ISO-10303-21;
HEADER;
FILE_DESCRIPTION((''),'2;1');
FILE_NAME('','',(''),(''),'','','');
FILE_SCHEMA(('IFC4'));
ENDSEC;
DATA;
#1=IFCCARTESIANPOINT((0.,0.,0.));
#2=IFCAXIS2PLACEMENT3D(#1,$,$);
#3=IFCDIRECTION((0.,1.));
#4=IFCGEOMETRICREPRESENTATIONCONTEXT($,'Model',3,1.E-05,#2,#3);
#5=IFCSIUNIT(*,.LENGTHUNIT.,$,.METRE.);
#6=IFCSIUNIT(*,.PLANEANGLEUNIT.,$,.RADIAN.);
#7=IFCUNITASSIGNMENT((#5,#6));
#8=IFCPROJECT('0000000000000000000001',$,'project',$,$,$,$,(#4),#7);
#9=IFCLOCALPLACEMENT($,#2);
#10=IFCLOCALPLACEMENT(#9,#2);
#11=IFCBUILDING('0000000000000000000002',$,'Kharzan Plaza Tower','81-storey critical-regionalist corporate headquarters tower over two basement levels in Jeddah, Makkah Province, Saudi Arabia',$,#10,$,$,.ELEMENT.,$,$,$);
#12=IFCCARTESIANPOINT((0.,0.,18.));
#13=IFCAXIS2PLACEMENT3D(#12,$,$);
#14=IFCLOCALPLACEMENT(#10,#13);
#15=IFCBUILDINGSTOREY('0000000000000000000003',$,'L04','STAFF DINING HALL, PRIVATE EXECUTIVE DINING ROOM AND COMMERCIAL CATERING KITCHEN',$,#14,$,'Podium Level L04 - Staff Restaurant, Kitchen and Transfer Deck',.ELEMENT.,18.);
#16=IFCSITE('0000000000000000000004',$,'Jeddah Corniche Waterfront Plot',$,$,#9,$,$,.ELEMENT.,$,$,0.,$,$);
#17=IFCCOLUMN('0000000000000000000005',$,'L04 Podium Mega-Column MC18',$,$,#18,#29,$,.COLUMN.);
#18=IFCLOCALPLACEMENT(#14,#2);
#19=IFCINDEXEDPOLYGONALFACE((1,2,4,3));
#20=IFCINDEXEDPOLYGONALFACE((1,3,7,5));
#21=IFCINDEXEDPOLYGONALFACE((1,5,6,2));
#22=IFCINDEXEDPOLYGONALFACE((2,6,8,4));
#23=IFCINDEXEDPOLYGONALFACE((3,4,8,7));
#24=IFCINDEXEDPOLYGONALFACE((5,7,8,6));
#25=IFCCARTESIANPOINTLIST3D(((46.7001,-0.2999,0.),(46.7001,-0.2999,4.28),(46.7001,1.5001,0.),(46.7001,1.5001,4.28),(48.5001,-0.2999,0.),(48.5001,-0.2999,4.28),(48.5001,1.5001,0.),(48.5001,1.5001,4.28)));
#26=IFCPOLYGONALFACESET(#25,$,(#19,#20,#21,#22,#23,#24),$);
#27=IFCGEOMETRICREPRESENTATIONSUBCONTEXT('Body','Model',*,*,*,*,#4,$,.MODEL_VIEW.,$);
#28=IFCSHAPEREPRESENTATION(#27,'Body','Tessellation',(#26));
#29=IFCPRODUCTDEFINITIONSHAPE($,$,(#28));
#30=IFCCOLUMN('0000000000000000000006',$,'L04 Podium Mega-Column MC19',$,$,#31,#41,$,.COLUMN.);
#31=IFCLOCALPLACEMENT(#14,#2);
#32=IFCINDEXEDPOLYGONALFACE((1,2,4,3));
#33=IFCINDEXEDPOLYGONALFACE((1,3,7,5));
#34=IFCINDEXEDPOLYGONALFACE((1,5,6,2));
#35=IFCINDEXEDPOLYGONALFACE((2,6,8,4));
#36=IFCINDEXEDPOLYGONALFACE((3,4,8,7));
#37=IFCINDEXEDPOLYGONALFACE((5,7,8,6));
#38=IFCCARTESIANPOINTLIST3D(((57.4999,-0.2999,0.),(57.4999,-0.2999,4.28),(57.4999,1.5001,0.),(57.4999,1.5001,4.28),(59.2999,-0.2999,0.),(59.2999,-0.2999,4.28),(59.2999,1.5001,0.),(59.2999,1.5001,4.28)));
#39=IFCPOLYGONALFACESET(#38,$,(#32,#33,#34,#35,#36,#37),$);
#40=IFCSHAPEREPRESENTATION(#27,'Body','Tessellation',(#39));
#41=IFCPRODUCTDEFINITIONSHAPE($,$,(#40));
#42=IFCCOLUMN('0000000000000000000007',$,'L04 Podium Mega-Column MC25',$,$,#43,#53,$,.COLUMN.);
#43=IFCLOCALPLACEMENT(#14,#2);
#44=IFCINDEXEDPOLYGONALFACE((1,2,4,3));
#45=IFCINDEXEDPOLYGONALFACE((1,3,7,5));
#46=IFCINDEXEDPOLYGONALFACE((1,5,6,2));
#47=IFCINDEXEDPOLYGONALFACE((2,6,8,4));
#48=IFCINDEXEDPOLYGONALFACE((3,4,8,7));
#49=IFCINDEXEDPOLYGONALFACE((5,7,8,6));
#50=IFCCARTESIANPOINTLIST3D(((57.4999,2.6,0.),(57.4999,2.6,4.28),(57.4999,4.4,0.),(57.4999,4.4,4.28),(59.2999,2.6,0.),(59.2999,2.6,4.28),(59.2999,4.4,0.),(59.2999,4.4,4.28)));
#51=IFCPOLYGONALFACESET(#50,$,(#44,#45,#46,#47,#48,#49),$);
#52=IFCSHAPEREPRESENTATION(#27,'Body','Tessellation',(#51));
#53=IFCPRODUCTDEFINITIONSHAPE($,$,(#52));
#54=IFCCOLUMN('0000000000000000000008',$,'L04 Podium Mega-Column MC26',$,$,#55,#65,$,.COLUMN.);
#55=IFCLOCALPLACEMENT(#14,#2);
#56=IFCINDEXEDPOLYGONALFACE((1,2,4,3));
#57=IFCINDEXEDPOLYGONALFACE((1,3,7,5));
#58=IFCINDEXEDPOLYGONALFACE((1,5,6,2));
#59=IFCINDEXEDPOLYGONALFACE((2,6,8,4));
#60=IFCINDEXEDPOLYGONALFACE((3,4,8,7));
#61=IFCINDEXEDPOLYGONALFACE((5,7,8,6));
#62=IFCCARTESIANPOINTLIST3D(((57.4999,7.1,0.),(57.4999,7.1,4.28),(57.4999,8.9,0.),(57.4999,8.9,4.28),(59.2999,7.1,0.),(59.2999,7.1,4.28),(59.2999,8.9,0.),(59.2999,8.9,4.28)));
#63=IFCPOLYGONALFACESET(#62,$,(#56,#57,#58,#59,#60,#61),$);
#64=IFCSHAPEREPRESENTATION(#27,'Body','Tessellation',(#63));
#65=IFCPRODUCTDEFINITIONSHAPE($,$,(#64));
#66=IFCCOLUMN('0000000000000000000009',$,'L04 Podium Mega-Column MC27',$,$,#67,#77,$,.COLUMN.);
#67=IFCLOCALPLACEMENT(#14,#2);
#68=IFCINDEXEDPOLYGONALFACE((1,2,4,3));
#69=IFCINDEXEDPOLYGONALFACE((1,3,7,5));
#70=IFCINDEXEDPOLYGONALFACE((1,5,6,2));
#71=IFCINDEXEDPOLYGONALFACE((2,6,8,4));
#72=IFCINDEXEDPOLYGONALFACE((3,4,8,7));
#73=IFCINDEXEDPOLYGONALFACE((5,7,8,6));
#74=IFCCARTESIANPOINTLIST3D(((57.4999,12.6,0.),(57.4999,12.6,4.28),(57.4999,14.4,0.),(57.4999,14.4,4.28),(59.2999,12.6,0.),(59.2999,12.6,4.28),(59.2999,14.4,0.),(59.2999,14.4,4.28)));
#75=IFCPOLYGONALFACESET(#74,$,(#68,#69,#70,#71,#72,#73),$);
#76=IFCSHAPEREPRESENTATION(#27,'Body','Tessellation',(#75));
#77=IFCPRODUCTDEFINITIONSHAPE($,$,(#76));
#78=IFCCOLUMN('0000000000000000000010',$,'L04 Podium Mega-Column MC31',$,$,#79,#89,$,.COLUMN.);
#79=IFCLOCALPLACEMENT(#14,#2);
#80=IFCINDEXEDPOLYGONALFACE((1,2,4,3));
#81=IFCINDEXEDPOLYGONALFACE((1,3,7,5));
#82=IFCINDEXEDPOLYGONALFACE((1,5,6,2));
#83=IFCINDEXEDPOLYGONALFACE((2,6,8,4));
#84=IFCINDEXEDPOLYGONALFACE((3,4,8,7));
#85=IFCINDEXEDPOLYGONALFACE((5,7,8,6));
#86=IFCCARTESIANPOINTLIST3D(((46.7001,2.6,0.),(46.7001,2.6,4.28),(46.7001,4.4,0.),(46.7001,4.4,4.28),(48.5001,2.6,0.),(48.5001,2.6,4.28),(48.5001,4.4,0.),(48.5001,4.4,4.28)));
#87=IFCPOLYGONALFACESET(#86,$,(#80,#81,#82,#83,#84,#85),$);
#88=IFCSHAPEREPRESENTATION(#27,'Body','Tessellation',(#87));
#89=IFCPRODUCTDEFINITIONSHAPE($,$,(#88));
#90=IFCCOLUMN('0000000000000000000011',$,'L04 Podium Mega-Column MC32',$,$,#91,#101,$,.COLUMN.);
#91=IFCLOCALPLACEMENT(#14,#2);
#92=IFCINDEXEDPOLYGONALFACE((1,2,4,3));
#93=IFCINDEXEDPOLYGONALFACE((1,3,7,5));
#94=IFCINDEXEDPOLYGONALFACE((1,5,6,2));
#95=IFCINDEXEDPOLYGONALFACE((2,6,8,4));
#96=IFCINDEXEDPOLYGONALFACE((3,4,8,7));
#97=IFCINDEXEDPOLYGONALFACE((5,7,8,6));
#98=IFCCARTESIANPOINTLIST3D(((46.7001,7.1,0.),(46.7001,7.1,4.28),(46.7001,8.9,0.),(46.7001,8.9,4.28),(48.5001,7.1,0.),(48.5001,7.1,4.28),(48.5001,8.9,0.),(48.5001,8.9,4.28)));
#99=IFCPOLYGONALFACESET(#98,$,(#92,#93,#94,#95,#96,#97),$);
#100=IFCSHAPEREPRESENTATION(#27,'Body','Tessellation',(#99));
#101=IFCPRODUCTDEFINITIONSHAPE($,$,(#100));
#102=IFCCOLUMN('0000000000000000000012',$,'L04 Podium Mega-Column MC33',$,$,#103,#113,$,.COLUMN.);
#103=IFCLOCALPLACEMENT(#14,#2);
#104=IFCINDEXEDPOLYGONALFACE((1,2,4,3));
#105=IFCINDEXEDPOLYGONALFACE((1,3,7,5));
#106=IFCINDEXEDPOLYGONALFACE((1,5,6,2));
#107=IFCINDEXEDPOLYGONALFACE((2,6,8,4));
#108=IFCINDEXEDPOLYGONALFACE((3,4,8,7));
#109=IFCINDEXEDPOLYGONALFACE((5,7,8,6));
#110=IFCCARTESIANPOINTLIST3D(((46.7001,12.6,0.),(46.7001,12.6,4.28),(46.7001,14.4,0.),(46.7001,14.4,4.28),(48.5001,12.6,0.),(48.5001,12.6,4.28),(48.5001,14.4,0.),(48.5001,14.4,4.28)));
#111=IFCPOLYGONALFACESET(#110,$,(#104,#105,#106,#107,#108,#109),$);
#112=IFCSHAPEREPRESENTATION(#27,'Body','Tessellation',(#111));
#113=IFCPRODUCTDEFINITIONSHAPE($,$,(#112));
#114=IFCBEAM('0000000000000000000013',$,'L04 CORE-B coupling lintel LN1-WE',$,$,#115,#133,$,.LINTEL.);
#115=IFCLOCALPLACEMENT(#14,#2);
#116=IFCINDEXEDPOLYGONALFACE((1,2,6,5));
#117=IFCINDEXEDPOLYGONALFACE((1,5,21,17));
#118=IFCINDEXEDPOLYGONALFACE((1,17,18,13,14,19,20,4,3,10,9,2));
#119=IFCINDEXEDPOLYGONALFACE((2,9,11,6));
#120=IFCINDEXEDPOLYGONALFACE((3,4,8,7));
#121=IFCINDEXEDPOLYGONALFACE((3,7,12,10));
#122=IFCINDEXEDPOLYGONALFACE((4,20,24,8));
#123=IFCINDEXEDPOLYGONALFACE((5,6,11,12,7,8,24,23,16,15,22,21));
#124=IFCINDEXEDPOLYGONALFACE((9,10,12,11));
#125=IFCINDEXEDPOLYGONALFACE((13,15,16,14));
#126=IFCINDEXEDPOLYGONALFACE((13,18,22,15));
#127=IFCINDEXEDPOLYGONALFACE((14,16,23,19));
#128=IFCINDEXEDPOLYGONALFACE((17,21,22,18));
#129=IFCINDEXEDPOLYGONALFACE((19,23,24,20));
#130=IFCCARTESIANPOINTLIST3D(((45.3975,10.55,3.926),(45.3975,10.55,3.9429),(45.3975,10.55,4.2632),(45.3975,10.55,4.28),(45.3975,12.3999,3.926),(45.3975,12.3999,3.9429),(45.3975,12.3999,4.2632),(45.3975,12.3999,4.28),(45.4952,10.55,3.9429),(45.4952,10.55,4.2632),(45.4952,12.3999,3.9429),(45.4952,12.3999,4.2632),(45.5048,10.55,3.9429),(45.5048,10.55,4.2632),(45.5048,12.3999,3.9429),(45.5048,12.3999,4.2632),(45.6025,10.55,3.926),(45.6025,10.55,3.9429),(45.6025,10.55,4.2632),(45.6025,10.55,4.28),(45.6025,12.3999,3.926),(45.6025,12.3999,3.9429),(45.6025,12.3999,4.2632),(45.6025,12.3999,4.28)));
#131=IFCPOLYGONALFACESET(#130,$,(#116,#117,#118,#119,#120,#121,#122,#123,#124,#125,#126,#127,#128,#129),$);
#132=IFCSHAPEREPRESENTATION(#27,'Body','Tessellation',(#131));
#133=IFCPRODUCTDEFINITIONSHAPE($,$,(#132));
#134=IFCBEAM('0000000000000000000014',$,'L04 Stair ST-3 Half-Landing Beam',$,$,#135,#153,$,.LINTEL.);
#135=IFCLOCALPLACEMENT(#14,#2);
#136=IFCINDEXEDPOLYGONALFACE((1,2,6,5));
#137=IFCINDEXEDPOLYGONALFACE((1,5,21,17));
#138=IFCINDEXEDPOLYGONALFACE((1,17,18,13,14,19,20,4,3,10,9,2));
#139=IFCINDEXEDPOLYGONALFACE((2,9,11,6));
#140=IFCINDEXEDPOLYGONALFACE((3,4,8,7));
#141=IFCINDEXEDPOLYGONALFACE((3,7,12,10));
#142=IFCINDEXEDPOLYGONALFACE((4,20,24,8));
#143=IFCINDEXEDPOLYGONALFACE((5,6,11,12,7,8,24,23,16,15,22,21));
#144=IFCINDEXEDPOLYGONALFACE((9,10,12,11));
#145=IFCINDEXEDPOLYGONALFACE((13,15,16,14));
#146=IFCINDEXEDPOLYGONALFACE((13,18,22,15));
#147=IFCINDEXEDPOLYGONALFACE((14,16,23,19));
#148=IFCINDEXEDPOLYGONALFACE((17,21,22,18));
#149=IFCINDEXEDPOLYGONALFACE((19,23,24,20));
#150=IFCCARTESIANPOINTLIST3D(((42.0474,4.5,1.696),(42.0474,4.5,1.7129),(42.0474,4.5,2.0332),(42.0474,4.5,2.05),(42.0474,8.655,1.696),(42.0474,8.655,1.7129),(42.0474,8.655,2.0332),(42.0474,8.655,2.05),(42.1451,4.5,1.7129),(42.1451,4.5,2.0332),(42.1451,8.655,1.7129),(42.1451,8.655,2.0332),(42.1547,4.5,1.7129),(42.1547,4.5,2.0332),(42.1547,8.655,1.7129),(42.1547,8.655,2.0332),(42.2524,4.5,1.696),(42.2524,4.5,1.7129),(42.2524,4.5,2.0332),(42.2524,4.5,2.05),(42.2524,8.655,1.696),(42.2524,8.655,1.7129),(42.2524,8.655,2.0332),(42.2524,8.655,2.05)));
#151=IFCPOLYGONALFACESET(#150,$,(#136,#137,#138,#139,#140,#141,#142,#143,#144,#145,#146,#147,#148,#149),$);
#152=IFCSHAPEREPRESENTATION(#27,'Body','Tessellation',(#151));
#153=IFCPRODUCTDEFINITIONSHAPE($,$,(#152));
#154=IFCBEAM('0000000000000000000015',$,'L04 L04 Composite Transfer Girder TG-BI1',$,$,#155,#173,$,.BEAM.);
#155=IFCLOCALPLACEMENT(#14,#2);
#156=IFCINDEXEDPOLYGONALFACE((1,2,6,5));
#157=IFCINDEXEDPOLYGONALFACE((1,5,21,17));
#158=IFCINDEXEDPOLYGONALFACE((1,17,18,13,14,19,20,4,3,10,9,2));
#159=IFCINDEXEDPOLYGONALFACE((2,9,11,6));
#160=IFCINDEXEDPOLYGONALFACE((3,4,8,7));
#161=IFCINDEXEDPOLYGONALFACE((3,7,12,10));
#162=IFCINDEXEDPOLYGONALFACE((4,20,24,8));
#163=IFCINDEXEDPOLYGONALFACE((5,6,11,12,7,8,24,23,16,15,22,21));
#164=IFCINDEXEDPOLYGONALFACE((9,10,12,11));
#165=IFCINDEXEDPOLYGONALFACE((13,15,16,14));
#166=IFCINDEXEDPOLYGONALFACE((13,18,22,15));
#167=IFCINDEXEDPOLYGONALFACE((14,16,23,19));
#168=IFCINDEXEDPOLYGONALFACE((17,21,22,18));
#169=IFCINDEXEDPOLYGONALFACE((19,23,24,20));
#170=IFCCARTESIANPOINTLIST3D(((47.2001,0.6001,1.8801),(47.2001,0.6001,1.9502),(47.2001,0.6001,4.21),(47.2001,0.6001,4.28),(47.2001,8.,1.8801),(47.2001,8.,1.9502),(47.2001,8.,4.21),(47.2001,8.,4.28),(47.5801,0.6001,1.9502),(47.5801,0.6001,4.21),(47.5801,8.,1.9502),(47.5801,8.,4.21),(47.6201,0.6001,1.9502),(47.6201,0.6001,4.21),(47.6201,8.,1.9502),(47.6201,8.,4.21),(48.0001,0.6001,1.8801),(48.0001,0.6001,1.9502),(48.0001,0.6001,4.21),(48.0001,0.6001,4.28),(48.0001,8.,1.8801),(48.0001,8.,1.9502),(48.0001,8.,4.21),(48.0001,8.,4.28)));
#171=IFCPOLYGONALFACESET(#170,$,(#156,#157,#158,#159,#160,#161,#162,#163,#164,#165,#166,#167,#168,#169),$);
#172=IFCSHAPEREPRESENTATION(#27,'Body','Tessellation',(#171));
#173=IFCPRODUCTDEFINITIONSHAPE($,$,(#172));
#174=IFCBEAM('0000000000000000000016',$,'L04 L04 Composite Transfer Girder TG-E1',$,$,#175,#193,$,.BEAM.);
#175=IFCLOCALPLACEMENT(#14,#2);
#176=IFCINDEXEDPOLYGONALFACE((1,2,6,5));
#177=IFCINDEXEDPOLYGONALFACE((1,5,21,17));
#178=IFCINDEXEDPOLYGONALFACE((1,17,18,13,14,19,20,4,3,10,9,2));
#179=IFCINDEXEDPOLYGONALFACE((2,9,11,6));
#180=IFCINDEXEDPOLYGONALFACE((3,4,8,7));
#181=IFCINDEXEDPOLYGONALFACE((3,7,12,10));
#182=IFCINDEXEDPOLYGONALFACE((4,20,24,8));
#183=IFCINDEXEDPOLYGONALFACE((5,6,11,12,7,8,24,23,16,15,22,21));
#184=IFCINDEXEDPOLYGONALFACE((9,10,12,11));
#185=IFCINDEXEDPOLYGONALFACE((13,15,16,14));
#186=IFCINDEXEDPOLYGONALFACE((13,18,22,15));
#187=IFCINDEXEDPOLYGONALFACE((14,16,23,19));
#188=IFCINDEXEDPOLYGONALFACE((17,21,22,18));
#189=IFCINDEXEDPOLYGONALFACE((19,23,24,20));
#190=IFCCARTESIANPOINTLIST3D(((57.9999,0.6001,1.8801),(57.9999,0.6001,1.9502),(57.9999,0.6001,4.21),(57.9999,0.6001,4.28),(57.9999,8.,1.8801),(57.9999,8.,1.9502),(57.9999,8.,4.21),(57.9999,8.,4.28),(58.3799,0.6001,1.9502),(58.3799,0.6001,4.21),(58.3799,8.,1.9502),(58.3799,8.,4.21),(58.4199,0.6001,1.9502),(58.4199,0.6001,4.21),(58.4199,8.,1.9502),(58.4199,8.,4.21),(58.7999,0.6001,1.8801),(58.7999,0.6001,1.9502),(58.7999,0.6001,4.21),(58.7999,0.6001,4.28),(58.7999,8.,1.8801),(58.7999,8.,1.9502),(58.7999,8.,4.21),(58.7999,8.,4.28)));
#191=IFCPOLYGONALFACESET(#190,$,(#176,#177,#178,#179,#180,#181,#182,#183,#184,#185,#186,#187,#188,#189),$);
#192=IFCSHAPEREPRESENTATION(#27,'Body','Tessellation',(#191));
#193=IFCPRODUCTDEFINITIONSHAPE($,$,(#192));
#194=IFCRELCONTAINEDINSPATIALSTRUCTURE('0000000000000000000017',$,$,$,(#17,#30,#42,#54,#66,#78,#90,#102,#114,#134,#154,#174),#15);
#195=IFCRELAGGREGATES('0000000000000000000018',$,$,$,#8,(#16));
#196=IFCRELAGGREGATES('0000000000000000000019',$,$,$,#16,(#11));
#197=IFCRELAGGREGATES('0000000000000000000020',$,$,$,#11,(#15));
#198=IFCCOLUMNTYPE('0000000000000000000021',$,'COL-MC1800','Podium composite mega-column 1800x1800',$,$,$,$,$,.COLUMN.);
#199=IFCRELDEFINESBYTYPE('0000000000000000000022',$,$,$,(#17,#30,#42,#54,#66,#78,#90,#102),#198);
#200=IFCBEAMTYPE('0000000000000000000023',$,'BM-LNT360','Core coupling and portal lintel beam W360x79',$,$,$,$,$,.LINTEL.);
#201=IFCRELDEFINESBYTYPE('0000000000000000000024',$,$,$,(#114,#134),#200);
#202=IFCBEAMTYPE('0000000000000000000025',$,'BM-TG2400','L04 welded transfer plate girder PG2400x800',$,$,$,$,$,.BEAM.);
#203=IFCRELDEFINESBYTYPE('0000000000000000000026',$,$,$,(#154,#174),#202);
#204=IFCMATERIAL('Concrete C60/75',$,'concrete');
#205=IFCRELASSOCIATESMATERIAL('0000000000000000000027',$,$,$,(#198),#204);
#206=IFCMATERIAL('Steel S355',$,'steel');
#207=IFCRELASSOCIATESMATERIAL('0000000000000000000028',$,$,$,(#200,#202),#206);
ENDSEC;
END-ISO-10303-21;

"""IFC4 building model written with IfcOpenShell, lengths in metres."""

from ifc_helpers import new_model, si_unit, direction, frame, origin, origin_2d, place, context, subcontext, project, spatial, rectangle, i_section, extrude, source, transform, mapped, material, material_profile, profile_set, type_object, element, save


model = new_model("IFC4")

# Units and contexts
model_context = context("Model", 3, precision=1e-05, world=origin(), true_north=direction((0.0, 1.0)))
body_context = subcontext(model_context, "Body", "Model", "MODEL_VIEW")
ifc_project = project(units=[si_unit("LENGTHUNIT", "METRE"), si_unit("PLANEANGLEUNIT", "RADIAN")], contexts=[model_context])

# Site, building, storey
site_placement = place(None, origin())
site = spatial("IfcSite", under=ifc_project, at=site_placement, Name="Jeddah Corniche Waterfront Plot", CompositionType="ELEMENT", RefElevation=0.0)
building_placement = place(site_placement, origin())
building = spatial("IfcBuilding", under=site, at=building_placement, Name="Kharzan Plaza Tower", Description="81-storey critical-regionalist corporate headquarters tower over two basement levels in Jeddah, Makkah Province, Saudi Arabia", CompositionType="ELEMENT")
storey_placement = place(building_placement, frame((0.0, 0.0, 18.0)))
storey = spatial("IfcBuildingStorey", under=building, at=storey_placement, Name="L04", Description="STAFF DINING HALL, PRIVATE EXECUTIVE DINING ROOM AND COMMERCIAL CATERING KITCHEN", LongName="Podium Level L04 - Staff Restaurant, Kitchen and Transfer Deck", CompositionType="ELEMENT", Elevation=18.0)

# Columns
ifc_material_1 = material(Name="Concrete C60/75", Category="concrete")
ifc_material_profile_1 = material_profile(ifc_material_1, rectangle(XDim=1.8, YDim=1.8, at=origin_2d()), Name="RC-MC1800x1800")
ifc_profile_set_1 = profile_set([ifc_material_profile_1], Name="Concrete C60/75")
column_type = type_object("IfcColumnType", Name="COL-MC1800", Description="Podium composite mega-column 1800x1800", PredefinedType="COLUMN", material=ifc_profile_set_1)
shared_shape_1 = source(origin(), body_context, "Body", "SweptSolid", [
    extrude(rectangle(XDim=1.8, YDim=1.8, at=origin_2d()), origin(), (0.0, 0.0, 1.0), 4.28),
])
for number, where, z_axis, x_axis, name in (
    (1, (47.6001, 0.6001, 0.0), (0.0, 0.0, 1.0), (1.0, 0.0, 0.0), "L04 Podium Mega-Column MC18"),
    (2, (58.3999, 0.6001, 0.0), (0.0, 0.0, 1.0), (1.0, 0.0, 0.0), "L04 Podium Mega-Column MC19"),
    (3, (58.3999, 3.5, 0.0), (0.0, 0.0, 1.0), (1.0, 0.0, 0.0), "L04 Podium Mega-Column MC25"),
    (4, (58.3999, 8.0, 0.0), (0.0, 0.0, 1.0), (1.0, 0.0, 0.0), "L04 Podium Mega-Column MC26"),
    (5, (58.3999, 13.5, 0.0), (0.0, 0.0, 1.0), (1.0, 0.0, 0.0), "L04 Podium Mega-Column MC27"),
    (6, (47.6001, 3.5, 0.0), (0.0, 0.0, 1.0), (1.0, 0.0, 0.0), "L04 Podium Mega-Column MC31"),
    (7, (47.6001, 8.0, 0.0), (0.0, 0.0, 1.0), (1.0, 0.0, 0.0), "L04 Podium Mega-Column MC32"),
    (8, (47.6001, 13.5, 0.0), (0.0, 0.0, 1.0), (1.0, 0.0, 0.0), "L04 Podium Mega-Column MC33"),
):
    element("IfcColumn", number, at=place(storey_placement, frame(where, z_axis=z_axis, x_axis=x_axis)), inside=storey, type_object=column_type, Name=name, PredefinedType="COLUMN", context=body_context, shape_type="MappedRepresentation", body=[
        mapped(shared_shape_1, transform((0.0, 0.0, 0.0), x_axis=(1.0, 0.0, 0.0), y_axis=(0.0, 1.0, 0.0), z_axis=(0.0, 0.0, 1.0))),
    ])

# Beams
ifc_material_2 = material(Name="Steel S355", Category="steel")
ifc_material_profile_2 = material_profile(ifc_material_2, i_section(OverallWidth=0.2051, OverallDepth=0.354, WebThickness=0.0095, FlangeThickness=0.0168, at=origin_2d()), Name="W360x79")
ifc_profile_set_2 = profile_set([ifc_material_profile_2], Name="Steel S355")
beam_type_1 = type_object("IfcBeamType", Name="BM-LNT360", Description="Core coupling and portal lintel beam W360x79", PredefinedType="LINTEL", material=ifc_profile_set_2)
shared_shape_2 = source(origin(), body_context, "Body", "SweptSolid", [
    extrude(i_section(OverallWidth=0.2051, OverallDepth=0.354, WebThickness=0.0095, FlangeThickness=0.0168, at=origin_2d()), origin(), (0.0, 0.0, 1.0), 1.8499),
])
beam_1_placement = place(storey_placement, frame((45.5, 10.55, 4.103), z_axis=(0.0, 1.0, 0.0), x_axis=(-1.0, 0.0, 0.0)))
element("IfcBeam", 9, at=beam_1_placement, inside=storey, type_object=beam_type_1, Name="L04 CORE-B coupling lintel LN1-WE", PredefinedType="LINTEL", context=body_context, shape_type="MappedRepresentation", body=[
    mapped(shared_shape_2, transform((0.0, 0.0, 0.0), x_axis=(1.0, 0.0, 0.0), y_axis=(0.0, 1.0, 0.0), z_axis=(0.0, 0.0, 1.0))),
])
shared_shape_3 = source(origin(), body_context, "Body", "SweptSolid", [
    extrude(i_section(OverallWidth=0.2051, OverallDepth=0.354, WebThickness=0.0095, FlangeThickness=0.0168, at=origin_2d()), origin(), (0.0, 0.0, 1.0), 4.155),
])
beam_2_placement = place(storey_placement, frame((42.1499, 4.5, 1.873), z_axis=(0.0, 1.0, 0.0), x_axis=(-1.0, 0.0, 0.0)))
element("IfcBeam", 10, at=beam_2_placement, inside=storey, type_object=beam_type_1, Name="L04 Stair ST-3 Half-Landing Beam", PredefinedType="LINTEL", context=body_context, shape_type="MappedRepresentation", body=[
    mapped(shared_shape_3, transform((0.0, 0.0, 0.0), x_axis=(1.0, 0.0, 0.0), y_axis=(0.0, 1.0, 0.0), z_axis=(0.0, 0.0, 1.0))),
])
ifc_material_profile_3 = material_profile(ifc_material_2, i_section(OverallWidth=0.8, OverallDepth=2.3999, WebThickness=0.04, FlangeThickness=0.0701, at=origin_2d()), Name="PG2400x800")
ifc_profile_set_3 = profile_set([ifc_material_profile_3], Name="Steel S355")
beam_type_2 = type_object("IfcBeamType", Name="BM-TG2400", Description="L04 welded transfer plate girder PG2400x800", PredefinedType="BEAM", material=ifc_profile_set_3)
shared_shape_4 = source(origin(), body_context, "Body", "SweptSolid", [
    extrude(i_section(OverallWidth=0.8, OverallDepth=2.3999, WebThickness=0.04, FlangeThickness=0.0701, at=origin_2d()), origin(), (0.0, 0.0, 1.0), 7.3999),
])
for number, where, z_axis, x_axis, name in (
    (11, (47.6001, 0.6001, 3.0801), (0.0, 1.0, 0.0), (-1.0, 0.0, 0.0), "L04 L04 Composite Transfer Girder TG-BI1"),
    (12, (58.3999, 0.6001, 3.0801), (0.0, 1.0, 0.0), (-1.0, 0.0, 0.0), "L04 L04 Composite Transfer Girder TG-E1"),
):
    element("IfcBeam", number, at=place(storey_placement, frame(where, z_axis=z_axis, x_axis=x_axis)), inside=storey, type_object=beam_type_2, Name=name, PredefinedType="BEAM", context=body_context, shape_type="MappedRepresentation", body=[
        mapped(shared_shape_4, transform((0.0, 0.0, 0.0), x_axis=(1.0, 0.0, 0.0), y_axis=(0.0, 1.0, 0.0), z_axis=(0.0, 0.0, 1.0))),
    ])

save(model, "model.ifc")
